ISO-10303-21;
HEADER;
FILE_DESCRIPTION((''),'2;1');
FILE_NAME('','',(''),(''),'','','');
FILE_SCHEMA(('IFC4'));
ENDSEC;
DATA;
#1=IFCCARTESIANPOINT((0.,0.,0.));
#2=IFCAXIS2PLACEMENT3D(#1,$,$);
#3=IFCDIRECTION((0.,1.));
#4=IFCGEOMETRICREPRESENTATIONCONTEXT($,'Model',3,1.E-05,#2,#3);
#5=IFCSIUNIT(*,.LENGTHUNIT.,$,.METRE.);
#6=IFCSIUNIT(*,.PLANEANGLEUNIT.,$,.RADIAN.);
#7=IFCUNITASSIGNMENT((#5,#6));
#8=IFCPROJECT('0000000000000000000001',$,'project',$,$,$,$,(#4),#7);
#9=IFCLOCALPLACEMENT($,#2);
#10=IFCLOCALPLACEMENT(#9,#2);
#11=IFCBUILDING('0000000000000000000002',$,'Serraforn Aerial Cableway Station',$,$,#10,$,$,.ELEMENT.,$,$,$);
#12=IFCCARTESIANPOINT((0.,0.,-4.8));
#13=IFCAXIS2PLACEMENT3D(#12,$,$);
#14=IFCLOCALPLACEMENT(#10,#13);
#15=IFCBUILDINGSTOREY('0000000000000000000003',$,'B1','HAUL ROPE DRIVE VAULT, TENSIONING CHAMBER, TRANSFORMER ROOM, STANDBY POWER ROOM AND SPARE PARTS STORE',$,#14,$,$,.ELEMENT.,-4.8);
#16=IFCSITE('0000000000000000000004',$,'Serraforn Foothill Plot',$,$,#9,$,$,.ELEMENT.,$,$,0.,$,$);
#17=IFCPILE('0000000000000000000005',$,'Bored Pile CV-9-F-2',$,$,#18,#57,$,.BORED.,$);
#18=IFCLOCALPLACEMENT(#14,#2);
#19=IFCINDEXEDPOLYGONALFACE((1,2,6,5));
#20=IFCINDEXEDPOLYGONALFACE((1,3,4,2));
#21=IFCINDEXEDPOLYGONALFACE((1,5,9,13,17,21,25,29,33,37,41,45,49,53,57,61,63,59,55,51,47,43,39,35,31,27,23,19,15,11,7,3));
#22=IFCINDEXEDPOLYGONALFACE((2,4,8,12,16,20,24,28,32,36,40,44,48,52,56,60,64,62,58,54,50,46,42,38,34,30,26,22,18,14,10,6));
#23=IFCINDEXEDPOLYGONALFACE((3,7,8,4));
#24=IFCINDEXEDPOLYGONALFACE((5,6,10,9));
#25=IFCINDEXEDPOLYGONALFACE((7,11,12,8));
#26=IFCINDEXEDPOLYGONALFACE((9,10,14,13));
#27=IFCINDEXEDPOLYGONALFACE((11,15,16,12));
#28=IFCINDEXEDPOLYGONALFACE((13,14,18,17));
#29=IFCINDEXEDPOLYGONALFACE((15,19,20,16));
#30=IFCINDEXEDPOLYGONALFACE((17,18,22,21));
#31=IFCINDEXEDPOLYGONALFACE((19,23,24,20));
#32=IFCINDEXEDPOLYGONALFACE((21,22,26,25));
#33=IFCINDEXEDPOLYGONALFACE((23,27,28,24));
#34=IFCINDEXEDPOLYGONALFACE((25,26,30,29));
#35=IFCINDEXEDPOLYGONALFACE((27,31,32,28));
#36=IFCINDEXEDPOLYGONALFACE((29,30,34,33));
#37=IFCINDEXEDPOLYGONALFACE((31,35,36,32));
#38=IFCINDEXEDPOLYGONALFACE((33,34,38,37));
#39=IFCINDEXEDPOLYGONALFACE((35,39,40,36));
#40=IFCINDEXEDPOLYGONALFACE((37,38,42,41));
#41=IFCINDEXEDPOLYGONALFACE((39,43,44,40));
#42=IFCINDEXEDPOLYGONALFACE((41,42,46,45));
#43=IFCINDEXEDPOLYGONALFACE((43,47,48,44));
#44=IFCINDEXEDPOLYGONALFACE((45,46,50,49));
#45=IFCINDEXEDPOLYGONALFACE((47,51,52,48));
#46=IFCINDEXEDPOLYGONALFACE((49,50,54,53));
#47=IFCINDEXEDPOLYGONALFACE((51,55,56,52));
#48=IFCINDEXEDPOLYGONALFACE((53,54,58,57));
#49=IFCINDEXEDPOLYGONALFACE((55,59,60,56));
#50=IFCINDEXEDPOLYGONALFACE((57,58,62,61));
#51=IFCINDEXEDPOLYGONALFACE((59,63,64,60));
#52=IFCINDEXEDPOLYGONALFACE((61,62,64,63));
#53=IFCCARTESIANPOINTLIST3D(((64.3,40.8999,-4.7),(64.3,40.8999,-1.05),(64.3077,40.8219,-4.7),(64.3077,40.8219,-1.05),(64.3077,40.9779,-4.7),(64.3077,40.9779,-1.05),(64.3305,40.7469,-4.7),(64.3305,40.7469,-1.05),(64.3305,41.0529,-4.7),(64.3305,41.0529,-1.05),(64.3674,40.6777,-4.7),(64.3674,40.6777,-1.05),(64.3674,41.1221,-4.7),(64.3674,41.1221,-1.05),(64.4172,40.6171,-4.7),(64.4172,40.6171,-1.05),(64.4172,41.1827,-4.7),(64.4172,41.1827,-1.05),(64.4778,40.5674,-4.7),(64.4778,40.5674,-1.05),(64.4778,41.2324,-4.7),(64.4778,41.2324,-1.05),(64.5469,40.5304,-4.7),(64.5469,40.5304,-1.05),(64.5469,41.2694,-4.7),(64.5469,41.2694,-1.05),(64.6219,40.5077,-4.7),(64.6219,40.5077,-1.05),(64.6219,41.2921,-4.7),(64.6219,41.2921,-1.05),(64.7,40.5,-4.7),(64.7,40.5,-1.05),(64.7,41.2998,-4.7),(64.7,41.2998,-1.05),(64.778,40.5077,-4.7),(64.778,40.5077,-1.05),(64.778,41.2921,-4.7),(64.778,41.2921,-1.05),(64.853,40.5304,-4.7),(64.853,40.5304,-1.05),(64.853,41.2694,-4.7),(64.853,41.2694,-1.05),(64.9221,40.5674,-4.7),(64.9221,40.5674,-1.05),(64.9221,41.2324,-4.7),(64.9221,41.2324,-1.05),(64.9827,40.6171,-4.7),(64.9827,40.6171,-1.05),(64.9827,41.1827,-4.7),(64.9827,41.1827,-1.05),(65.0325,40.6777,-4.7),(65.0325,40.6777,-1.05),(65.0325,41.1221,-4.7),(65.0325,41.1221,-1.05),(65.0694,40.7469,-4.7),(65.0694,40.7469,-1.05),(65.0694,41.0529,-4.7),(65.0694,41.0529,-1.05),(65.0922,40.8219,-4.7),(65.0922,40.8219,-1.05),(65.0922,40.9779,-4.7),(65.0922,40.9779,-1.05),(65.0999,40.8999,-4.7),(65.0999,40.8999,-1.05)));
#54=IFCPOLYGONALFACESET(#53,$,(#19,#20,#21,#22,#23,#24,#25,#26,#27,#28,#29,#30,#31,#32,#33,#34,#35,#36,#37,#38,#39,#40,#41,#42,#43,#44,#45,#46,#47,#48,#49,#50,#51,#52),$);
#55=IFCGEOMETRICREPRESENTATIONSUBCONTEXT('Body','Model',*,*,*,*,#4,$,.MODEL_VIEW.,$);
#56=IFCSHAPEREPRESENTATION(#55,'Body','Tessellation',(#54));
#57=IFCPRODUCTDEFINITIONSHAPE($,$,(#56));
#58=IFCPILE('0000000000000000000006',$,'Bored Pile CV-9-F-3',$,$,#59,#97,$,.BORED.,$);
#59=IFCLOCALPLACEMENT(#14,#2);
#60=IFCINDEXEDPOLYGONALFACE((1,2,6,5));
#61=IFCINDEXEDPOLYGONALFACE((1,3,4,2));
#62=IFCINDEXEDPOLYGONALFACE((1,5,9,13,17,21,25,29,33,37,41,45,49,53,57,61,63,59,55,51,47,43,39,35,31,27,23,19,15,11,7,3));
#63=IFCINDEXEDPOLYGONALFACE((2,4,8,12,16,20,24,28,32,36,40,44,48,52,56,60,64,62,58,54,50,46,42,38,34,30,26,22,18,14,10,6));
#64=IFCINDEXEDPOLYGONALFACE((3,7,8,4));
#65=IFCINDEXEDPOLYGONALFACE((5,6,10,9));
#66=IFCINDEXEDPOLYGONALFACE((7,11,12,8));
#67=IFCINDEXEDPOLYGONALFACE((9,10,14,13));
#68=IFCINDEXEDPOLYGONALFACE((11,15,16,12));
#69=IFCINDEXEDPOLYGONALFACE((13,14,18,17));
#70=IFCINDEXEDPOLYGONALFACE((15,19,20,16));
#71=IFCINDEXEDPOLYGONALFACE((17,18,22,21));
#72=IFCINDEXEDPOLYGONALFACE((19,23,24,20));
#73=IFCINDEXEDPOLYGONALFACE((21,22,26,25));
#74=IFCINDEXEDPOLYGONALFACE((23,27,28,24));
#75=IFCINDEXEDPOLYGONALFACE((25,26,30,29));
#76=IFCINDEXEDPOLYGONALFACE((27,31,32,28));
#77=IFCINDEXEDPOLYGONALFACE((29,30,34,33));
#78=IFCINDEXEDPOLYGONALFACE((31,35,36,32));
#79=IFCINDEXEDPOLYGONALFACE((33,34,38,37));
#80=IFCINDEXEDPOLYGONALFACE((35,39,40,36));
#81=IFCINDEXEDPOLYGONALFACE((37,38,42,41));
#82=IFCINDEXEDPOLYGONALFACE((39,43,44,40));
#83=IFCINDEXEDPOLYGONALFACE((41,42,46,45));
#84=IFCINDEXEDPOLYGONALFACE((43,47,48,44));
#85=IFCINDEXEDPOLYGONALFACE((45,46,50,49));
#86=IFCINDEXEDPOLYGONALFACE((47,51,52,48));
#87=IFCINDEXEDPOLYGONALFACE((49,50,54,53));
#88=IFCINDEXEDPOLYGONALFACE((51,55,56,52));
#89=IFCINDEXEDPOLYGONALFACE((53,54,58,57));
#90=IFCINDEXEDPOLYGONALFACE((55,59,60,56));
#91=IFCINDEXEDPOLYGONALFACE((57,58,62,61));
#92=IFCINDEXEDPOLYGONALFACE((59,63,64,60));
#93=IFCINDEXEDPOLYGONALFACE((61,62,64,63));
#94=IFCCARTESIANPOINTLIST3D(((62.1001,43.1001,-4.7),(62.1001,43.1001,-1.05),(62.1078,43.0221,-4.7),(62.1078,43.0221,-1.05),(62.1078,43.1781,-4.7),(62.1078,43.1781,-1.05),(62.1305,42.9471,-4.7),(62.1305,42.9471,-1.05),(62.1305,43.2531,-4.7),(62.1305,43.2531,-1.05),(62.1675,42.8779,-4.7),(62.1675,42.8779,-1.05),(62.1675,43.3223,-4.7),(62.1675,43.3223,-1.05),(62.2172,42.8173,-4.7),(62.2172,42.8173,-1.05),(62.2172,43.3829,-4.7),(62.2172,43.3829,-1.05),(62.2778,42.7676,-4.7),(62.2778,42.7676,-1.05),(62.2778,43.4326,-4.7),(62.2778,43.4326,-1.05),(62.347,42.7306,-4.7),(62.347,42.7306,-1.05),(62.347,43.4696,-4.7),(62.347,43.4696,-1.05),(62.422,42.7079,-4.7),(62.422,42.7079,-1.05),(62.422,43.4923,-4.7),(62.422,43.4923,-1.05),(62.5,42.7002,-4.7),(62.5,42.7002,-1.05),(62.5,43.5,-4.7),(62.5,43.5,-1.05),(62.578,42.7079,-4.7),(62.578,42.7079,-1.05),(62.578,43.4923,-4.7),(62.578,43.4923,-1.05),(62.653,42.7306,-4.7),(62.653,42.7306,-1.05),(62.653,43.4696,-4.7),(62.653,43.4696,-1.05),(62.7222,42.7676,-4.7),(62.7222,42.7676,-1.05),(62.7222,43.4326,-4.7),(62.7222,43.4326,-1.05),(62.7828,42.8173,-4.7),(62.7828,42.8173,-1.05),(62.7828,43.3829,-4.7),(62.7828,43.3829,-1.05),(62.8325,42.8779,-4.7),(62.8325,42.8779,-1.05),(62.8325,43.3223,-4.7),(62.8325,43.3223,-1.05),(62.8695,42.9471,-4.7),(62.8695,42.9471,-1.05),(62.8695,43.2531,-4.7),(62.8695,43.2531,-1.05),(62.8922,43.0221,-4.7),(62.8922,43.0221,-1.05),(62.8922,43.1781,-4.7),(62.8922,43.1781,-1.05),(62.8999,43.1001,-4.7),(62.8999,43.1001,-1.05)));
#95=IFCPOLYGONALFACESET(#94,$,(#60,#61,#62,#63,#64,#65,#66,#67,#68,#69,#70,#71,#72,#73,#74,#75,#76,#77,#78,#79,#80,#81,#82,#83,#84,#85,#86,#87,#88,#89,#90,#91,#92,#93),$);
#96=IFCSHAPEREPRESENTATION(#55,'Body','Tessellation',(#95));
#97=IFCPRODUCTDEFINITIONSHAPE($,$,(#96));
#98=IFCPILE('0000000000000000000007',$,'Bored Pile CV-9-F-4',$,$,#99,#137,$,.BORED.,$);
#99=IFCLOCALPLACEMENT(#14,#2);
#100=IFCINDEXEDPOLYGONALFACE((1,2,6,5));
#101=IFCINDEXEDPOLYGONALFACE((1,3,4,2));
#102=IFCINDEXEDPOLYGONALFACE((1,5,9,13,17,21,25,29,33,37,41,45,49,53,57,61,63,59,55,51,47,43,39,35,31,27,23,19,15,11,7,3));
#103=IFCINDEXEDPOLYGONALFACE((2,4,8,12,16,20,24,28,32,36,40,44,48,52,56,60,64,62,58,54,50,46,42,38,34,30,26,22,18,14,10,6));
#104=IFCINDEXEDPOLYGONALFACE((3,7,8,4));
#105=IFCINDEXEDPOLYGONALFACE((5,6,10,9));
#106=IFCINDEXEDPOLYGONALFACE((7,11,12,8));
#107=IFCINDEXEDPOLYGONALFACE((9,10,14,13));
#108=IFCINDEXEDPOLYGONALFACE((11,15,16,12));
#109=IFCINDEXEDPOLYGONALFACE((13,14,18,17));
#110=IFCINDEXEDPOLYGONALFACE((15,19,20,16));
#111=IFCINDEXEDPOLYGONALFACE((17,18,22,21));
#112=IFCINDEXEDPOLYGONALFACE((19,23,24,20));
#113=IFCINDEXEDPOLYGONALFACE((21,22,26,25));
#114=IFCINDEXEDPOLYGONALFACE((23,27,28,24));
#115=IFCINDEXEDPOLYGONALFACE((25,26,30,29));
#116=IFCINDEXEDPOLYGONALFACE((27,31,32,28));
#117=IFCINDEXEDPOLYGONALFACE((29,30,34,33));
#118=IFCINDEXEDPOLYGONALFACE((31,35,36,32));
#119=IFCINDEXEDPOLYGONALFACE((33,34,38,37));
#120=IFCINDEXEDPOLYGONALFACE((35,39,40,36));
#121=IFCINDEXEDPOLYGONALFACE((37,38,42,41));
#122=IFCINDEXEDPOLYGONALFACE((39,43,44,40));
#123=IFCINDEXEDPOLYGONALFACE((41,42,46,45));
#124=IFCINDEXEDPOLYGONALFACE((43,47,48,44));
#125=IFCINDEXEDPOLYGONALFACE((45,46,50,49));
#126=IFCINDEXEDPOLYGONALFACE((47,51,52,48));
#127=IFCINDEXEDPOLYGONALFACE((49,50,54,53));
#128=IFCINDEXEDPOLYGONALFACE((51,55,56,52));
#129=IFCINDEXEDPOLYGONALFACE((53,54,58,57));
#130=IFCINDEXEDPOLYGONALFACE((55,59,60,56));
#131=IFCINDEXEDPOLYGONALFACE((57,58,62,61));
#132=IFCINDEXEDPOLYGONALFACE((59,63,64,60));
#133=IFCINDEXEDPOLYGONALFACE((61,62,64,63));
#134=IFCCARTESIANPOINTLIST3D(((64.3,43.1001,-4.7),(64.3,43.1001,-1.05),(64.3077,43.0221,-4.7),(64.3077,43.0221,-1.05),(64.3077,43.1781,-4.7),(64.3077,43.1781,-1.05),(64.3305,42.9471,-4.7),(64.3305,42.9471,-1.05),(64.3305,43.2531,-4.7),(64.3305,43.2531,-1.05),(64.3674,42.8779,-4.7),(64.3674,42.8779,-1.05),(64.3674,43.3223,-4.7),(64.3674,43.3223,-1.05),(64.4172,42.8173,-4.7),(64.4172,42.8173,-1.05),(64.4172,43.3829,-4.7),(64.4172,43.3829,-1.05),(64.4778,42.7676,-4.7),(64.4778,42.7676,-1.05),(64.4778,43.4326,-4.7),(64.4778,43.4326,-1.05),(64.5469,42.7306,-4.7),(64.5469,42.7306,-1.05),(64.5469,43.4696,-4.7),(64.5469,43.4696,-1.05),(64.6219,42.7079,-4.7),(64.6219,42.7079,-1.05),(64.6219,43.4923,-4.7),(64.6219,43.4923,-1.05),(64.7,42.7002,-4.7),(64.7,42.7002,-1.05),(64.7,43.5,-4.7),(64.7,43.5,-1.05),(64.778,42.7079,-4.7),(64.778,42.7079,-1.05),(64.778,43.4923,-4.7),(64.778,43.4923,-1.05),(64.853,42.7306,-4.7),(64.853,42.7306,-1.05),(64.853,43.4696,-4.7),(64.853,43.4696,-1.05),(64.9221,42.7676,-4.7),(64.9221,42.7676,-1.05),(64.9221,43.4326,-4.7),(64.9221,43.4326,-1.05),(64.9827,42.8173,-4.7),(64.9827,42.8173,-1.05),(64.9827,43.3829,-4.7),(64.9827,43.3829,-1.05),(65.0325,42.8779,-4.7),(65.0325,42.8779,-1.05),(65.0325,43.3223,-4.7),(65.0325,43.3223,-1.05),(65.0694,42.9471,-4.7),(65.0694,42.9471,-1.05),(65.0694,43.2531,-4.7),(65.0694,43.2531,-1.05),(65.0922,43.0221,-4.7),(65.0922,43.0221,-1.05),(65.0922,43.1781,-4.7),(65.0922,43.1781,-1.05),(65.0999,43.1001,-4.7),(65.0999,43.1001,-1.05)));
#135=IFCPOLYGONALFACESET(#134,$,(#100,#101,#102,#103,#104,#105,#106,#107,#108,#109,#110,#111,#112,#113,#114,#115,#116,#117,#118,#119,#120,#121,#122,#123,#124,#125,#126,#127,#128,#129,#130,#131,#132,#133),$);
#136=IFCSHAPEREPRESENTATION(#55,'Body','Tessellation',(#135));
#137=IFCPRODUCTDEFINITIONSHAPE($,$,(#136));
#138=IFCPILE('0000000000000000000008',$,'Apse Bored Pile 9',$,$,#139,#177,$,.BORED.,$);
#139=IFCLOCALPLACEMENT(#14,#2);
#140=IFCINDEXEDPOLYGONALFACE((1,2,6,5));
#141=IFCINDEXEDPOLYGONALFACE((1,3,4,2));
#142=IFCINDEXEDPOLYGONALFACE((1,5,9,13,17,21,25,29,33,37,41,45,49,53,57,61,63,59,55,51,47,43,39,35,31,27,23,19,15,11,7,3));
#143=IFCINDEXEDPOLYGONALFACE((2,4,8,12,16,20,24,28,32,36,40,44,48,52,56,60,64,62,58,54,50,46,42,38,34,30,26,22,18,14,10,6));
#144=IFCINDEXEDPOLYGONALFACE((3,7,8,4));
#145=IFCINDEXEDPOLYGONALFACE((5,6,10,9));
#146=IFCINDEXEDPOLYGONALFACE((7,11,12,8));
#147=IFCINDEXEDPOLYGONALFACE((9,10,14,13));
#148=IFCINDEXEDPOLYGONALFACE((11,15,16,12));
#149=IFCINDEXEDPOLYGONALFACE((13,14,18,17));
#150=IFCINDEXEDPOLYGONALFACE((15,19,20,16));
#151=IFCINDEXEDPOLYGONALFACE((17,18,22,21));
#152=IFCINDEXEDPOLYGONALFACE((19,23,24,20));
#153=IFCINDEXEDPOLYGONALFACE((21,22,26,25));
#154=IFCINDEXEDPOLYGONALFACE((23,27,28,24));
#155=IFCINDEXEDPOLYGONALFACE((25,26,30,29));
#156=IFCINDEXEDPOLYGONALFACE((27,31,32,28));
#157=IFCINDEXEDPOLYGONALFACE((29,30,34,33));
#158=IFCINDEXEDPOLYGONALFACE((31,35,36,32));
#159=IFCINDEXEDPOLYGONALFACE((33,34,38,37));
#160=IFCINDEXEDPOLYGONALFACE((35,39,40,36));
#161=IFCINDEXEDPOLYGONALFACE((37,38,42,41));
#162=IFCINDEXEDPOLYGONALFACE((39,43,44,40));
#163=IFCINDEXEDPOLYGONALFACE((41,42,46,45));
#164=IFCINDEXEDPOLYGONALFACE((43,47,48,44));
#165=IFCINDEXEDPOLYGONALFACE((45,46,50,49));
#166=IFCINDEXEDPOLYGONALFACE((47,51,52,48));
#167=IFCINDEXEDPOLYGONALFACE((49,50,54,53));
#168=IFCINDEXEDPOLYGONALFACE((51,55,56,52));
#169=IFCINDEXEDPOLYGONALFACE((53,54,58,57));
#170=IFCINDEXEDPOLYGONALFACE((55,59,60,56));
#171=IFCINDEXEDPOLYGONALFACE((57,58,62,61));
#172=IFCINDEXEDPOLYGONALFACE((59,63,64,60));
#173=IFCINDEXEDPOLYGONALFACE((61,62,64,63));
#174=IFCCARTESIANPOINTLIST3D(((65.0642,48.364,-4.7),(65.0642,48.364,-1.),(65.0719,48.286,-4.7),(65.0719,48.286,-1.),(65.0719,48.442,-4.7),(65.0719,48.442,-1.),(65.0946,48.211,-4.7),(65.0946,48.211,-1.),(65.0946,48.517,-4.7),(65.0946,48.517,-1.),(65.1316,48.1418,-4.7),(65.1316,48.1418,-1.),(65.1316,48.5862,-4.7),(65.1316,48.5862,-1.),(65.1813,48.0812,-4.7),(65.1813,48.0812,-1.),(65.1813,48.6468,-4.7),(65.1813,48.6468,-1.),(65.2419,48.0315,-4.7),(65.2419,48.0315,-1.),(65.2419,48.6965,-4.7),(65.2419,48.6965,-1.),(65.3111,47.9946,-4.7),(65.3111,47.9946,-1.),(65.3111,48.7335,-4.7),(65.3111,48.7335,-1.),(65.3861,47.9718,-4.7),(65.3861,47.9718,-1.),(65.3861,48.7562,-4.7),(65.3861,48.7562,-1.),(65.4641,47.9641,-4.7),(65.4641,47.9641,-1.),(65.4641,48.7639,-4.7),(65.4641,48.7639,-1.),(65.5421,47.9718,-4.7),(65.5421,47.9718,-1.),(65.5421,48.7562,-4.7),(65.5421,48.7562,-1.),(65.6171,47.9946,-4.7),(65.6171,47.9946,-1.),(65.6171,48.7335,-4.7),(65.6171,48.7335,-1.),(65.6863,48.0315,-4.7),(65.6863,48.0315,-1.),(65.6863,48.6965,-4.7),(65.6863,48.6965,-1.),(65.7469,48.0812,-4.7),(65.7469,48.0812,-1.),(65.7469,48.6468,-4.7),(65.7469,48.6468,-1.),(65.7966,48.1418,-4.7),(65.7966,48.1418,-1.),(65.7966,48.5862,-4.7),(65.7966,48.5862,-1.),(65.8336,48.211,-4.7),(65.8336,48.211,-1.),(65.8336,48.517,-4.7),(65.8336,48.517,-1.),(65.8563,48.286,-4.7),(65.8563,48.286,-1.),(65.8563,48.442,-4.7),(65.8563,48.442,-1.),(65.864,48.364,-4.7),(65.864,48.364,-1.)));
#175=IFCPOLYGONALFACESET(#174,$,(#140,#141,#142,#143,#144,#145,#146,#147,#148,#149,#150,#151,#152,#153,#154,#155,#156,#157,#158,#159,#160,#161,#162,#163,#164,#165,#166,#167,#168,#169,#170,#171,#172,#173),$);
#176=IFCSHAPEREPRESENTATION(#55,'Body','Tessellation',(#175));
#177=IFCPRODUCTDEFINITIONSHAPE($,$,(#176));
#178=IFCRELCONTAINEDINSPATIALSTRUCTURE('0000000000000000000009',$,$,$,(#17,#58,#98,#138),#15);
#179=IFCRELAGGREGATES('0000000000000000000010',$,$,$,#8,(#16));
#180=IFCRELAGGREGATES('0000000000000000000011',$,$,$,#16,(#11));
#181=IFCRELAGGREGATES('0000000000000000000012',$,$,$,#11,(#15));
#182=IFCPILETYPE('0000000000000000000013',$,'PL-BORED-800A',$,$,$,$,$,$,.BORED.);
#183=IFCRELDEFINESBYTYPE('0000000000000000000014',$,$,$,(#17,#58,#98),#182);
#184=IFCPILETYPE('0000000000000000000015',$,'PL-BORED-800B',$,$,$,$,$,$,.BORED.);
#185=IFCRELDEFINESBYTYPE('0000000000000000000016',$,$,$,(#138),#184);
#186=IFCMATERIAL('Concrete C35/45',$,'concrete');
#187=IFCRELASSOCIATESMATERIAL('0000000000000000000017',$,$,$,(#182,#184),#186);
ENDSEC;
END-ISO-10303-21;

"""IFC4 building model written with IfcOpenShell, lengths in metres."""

from ifc_helpers import new_model, si_unit, direction, frame, origin, origin_2d, place, context, subcontext, project, spatial, circle, extrude, material, material_profile, profile_set, type_object, element, save


model = new_model("IFC4")

# Units and contexts
model_context = context("Model", 3, precision=1e-05, world=origin(), true_north=direction((0.0, 1.0)))
body_context = subcontext(model_context, "Body", "Model", "MODEL_VIEW")
ifc_project = project(units=[si_unit("LENGTHUNIT", "METRE"), si_unit("PLANEANGLEUNIT", "RADIAN")], contexts=[model_context])

# Site, building, storey
site_placement = place(None, origin())
site = spatial("IfcSite", under=ifc_project, at=site_placement, Name="Serraforn Foothill Plot", CompositionType="ELEMENT", RefElevation=0.0)
building_placement = place(site_placement, origin())
building = spatial("IfcBuilding", under=site, at=building_placement, Name="Serraforn Aerial Cableway Station", CompositionType="ELEMENT")
storey_placement = place(building_placement, frame((0.0, 0.0, -4.8)))
storey = spatial("IfcBuildingStorey", under=building, at=storey_placement, Name="B1", Description="HAUL ROPE DRIVE VAULT, TENSIONING CHAMBER, TRANSFORMER ROOM, STANDBY POWER ROOM AND SPARE PARTS STORE", CompositionType="ELEMENT", Elevation=-4.8)

# Shared definitions
ifc_material_1 = material(Name="Concrete C35/45", Category="concrete")

# Piles
ifc_material_profile_1 = material_profile(ifc_material_1, circle(Radius=0.3999, at=origin_2d()), Name="BORED PILE D800")
ifc_profile_set_1 = profile_set([ifc_material_profile_1], Name="Concrete C35/45")
pile_type_1 = type_object("IfcPileType", Name="PL-BORED-800A", PredefinedType="BORED", material=ifc_profile_set_1)
for number, where, z_axis, x_axis, name in (
    (1, (64.7, 40.8999, -1.05), (0.0, 0.0, -1.0), (1.0, 0.0, 0.0), "Bored Pile CV-9-F-2"),
    (2, (62.5, 43.1001, -1.05), (0.0, 0.0, -1.0), (1.0, 0.0, 0.0), "Bored Pile CV-9-F-3"),
    (3, (64.7, 43.1001, -1.05), (0.0, 0.0, -1.0), (1.0, 0.0, 0.0), "Bored Pile CV-9-F-4"),
):
    element("IfcPile", number, at=place(storey_placement, frame(where, z_axis=z_axis, x_axis=x_axis)), inside=storey, type_object=pile_type_1, Name=name, PredefinedType="BORED", context=body_context, shape_type="SweptSolid", body=[
        extrude(circle(Radius=0.3999, at=origin_2d()), origin(), (0.0, 0.0, 1.0), 3.6499),
    ])
ifc_material_profile_2 = material_profile(ifc_material_1, circle(Radius=0.3999, at=origin_2d()), Name="BORED PILE D800")
ifc_profile_set_2 = profile_set([ifc_material_profile_2], Name="Concrete C35/45")
pile_type_2 = type_object("IfcPileType", Name="PL-BORED-800B", PredefinedType="BORED", material=ifc_profile_set_2)
pile_placement = place(storey_placement, frame((65.4641, 48.364, -1.0), z_axis=(0.0, 0.0, -1.0), x_axis=(1.0, 0.0, 0.0)))
element("IfcPile", 4, at=pile_placement, inside=storey, type_object=pile_type_2, Name="Apse Bored Pile 9", PredefinedType="BORED", context=body_context, shape_type="SweptSolid", body=[
    extrude(circle(Radius=0.3999, at=origin_2d()), origin(), (0.0, 0.0, 1.0), 3.7),
])

save(model, "model.ifc")
